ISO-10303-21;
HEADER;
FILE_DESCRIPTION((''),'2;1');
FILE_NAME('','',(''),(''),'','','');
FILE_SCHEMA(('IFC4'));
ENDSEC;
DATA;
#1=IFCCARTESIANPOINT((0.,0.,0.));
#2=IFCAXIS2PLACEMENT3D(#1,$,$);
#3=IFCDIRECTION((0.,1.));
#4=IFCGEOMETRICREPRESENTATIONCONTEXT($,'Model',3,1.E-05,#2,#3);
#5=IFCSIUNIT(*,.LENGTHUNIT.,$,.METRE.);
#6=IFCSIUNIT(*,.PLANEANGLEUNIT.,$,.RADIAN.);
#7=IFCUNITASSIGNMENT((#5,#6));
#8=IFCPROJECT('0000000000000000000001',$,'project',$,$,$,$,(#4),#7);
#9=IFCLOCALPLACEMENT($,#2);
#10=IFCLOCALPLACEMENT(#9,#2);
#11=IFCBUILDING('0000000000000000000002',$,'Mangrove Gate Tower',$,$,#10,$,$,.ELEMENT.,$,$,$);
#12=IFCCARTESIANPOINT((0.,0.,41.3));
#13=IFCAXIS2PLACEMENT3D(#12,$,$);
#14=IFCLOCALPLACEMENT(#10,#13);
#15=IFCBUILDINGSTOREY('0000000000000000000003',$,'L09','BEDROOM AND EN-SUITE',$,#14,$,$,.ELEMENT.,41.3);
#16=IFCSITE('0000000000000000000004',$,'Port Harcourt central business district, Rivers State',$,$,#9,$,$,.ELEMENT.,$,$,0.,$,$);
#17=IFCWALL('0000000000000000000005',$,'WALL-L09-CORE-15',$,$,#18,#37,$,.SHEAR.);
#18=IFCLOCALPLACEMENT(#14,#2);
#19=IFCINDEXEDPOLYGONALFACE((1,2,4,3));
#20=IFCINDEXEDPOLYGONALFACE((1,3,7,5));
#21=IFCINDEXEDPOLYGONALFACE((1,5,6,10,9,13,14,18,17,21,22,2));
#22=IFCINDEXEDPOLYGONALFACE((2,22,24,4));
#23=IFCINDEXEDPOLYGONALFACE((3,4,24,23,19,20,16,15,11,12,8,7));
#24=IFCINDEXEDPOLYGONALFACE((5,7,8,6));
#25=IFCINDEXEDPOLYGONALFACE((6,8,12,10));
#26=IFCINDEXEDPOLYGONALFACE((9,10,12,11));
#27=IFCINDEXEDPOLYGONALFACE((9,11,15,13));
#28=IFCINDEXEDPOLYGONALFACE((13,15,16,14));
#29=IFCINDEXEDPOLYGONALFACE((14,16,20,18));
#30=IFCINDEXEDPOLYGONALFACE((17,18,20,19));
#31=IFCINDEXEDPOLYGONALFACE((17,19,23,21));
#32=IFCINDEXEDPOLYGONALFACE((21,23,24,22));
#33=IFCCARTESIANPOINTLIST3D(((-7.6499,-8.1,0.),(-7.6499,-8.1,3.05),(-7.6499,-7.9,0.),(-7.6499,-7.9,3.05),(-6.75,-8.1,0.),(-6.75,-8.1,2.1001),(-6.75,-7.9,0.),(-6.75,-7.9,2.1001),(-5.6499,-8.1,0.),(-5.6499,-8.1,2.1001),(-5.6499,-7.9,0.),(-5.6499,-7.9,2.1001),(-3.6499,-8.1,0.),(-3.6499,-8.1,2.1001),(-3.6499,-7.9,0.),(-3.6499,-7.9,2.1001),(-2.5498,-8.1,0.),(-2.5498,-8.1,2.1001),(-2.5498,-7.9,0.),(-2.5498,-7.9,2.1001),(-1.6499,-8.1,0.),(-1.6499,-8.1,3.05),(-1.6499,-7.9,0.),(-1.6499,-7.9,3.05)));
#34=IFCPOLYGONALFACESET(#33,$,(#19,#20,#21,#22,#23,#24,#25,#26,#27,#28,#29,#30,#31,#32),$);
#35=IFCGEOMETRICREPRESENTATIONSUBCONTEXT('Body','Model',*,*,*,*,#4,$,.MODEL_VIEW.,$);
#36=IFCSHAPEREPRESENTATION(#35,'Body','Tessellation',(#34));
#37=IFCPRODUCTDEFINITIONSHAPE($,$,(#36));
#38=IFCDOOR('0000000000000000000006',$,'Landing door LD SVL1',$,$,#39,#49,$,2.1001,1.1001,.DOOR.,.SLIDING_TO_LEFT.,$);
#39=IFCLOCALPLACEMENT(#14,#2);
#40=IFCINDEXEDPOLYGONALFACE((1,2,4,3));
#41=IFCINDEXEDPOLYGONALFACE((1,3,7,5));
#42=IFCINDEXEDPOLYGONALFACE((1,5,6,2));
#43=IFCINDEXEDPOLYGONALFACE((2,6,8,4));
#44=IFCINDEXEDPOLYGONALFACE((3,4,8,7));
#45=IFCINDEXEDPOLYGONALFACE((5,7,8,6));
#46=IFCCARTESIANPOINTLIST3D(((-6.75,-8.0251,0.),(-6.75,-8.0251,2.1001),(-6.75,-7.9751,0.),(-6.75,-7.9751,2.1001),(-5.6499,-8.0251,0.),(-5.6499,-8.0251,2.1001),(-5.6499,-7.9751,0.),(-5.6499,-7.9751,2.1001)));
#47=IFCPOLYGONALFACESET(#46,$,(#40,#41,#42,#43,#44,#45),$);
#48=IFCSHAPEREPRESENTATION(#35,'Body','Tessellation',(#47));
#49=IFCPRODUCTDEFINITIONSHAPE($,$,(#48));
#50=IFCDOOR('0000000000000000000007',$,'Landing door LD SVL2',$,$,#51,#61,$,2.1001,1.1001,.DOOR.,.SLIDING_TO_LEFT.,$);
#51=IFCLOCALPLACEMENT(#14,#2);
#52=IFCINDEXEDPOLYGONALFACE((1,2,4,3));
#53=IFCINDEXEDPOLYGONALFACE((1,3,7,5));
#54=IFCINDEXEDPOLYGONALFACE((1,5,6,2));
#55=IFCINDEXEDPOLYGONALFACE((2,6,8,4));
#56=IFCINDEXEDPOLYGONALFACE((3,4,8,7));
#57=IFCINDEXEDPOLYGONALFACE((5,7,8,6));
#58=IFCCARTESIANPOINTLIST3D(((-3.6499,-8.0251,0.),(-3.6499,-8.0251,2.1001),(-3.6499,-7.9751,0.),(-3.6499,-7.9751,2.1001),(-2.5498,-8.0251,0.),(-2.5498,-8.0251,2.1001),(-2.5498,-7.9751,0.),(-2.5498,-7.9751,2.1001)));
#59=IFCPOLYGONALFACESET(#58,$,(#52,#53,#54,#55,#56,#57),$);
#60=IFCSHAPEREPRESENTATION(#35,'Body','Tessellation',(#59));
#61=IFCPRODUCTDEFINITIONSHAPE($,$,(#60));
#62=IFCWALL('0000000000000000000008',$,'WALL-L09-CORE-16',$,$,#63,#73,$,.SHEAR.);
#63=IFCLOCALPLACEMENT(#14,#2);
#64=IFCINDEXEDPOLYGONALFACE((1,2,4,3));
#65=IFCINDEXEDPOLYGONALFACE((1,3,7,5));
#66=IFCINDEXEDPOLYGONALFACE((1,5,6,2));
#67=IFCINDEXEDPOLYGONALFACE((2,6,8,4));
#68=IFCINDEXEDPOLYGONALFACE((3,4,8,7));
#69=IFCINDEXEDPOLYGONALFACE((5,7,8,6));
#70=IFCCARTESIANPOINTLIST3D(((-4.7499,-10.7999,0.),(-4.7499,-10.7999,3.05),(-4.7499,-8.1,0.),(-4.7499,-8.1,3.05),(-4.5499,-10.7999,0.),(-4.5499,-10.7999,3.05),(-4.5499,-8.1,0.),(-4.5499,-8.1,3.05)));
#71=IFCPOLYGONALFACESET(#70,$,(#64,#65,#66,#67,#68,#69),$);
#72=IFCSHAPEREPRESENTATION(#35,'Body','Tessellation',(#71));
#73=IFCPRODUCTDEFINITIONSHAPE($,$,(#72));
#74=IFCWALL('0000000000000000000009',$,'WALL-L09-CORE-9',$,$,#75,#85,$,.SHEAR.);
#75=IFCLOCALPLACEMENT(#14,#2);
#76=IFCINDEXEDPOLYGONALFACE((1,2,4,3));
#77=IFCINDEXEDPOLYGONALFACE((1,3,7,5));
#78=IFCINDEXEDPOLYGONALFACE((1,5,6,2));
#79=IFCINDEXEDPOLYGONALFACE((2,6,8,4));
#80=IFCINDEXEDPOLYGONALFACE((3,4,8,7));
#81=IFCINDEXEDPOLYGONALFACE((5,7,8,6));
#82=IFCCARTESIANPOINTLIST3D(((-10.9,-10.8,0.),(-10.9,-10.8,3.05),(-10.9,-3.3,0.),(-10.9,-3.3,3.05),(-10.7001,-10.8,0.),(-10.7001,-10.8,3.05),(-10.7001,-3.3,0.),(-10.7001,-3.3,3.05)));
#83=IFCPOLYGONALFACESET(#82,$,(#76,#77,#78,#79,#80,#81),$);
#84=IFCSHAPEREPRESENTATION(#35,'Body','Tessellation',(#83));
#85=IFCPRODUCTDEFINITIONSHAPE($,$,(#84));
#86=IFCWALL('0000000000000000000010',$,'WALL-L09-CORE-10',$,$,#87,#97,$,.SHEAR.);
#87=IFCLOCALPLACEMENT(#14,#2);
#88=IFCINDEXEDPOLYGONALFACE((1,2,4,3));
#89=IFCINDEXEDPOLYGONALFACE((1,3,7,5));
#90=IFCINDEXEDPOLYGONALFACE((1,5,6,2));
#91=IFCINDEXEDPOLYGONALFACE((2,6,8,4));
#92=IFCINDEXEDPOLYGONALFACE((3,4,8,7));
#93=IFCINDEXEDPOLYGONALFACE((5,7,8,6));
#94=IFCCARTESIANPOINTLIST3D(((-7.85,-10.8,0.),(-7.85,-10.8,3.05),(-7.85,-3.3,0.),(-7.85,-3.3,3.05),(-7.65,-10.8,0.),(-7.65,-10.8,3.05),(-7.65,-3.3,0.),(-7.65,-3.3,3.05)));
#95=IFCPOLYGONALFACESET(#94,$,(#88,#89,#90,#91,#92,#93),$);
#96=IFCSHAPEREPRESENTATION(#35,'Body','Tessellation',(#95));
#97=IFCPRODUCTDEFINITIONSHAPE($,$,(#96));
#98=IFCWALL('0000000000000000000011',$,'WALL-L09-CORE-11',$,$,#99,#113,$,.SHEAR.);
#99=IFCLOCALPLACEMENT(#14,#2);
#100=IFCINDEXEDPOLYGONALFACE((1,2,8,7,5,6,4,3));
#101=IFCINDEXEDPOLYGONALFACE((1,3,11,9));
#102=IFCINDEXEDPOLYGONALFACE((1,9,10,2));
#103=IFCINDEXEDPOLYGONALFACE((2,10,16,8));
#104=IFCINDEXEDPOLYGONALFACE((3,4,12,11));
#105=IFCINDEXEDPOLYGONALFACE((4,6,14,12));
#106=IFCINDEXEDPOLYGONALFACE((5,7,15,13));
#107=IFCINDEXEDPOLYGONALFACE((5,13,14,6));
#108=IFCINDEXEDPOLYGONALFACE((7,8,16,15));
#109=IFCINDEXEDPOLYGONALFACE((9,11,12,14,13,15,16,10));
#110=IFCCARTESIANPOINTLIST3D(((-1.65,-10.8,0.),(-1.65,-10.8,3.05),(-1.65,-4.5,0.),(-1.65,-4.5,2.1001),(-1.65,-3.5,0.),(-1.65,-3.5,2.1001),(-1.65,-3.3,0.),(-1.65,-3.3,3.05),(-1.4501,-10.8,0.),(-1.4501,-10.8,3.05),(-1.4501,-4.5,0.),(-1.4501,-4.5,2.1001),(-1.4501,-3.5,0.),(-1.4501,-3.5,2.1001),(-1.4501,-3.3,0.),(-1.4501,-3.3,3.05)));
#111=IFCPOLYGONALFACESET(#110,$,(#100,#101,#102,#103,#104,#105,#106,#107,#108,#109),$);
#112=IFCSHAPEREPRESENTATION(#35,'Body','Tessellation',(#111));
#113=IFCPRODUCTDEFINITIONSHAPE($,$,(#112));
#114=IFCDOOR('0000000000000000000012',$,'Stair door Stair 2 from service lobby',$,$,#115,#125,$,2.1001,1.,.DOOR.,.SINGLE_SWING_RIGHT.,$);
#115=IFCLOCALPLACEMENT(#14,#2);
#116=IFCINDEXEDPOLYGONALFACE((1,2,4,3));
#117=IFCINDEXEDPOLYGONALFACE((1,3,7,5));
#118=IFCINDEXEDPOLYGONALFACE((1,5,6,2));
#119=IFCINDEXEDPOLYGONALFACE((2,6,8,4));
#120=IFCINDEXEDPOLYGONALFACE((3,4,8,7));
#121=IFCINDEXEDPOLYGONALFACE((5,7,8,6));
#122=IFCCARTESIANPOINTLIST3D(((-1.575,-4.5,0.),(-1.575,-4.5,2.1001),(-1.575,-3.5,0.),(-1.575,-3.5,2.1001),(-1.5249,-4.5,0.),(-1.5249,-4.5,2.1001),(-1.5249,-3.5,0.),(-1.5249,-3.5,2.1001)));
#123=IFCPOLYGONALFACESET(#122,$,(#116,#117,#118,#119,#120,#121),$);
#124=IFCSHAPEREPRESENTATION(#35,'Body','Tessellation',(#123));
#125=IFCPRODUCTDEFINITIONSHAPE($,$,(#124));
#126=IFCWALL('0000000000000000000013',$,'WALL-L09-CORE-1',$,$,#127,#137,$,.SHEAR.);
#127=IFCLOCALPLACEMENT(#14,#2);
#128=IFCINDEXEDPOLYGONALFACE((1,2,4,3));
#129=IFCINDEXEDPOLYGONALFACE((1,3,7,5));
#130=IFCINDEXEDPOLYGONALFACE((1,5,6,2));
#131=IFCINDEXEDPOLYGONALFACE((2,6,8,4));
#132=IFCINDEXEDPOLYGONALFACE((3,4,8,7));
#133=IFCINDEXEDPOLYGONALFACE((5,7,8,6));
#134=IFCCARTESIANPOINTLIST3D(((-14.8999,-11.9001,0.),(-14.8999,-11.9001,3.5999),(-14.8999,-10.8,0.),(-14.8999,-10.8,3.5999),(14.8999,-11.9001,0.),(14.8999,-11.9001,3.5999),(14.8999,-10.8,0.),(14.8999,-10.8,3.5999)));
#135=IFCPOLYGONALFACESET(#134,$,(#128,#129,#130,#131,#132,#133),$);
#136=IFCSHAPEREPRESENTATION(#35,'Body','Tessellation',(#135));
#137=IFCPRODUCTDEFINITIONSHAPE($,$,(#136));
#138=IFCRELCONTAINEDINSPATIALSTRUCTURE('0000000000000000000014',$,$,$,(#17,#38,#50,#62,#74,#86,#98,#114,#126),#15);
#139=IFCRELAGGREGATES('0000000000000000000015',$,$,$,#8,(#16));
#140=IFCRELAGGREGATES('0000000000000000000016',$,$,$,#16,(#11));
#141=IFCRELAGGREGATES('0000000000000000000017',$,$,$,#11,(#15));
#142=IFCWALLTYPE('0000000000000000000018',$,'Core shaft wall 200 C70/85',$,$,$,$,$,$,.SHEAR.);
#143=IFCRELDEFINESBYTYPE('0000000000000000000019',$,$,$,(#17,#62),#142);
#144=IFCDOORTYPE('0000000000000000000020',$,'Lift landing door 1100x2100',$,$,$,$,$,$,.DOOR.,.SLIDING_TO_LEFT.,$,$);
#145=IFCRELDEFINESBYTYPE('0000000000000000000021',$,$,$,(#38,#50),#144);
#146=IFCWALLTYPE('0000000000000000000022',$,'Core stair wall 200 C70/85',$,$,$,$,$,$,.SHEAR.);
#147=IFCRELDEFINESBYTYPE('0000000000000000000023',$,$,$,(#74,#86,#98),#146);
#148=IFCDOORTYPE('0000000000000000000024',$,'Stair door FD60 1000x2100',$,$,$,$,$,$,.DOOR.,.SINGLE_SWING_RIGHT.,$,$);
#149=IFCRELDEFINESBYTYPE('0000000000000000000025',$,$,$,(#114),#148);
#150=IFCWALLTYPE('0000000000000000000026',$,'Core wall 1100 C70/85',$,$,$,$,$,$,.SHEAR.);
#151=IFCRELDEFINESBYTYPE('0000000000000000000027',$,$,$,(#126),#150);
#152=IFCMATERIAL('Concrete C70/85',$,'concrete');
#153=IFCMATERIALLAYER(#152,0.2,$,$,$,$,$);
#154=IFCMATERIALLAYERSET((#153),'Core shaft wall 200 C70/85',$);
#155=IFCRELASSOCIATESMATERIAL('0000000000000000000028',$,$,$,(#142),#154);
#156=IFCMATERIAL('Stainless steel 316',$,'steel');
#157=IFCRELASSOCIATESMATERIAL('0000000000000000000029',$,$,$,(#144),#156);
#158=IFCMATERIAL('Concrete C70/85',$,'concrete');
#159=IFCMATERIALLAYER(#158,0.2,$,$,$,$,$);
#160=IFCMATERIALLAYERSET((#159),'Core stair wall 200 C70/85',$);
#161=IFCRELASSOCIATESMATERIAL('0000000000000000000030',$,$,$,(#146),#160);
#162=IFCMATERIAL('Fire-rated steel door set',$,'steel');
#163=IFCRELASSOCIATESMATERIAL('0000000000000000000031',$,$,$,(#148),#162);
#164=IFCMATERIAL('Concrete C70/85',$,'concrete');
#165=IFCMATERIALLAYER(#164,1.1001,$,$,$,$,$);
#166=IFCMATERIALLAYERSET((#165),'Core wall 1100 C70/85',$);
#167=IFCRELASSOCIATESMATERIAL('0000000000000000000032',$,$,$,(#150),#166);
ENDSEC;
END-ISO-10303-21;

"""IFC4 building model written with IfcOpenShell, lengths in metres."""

from ifc_helpers import new_model, si_unit, direction, frame, frame_2d, origin, place, context, subcontext, project, spatial, rectangle, extrude, material, layer, layer_set, type_object, element, fill, save


model = new_model("IFC4")

# Units and contexts
model_context = context("Model", 3, precision=1e-05, world=origin(), true_north=direction((0.0, 1.0)))
body_context = subcontext(model_context, "Body", "Model", "MODEL_VIEW")
ifc_project = project(units=[si_unit("LENGTHUNIT", "METRE"), si_unit("PLANEANGLEUNIT", "RADIAN")], contexts=[model_context])

# Site, building, storey
site_placement = place(None, origin())
site = spatial("IfcSite", under=ifc_project, at=site_placement, Name="Port Harcourt central business district, Rivers State", CompositionType="ELEMENT", RefElevation=0.0)
building_placement = place(site_placement, origin())
building = spatial("IfcBuilding", under=site, at=building_placement, Name="Mangrove Gate Tower", CompositionType="ELEMENT")
storey_placement = place(building_placement, frame((0.0, 0.0, 41.3)))
storey = spatial("IfcBuildingStorey", under=building, at=storey_placement, Name="L09", Description="BEDROOM AND EN-SUITE", CompositionType="ELEMENT", Elevation=41.3)

# Wall, openings, doors
ifc_material_1 = material(Name="Concrete C70/85", Category="concrete")
ifc_layer_1 = layer(ifc_material_1, 0.2)
ifc_layer_set_1 = layer_set([ifc_layer_1], Name="Core shaft wall 200 C70/85")
wall_type_1 = type_object("IfcWallType", Name="Core shaft wall 200 C70/85", PredefinedType="SHEAR", material=ifc_layer_set_1)
wall_1_placement = place(storey_placement, frame((-7.6499, -8.0, 0.0), z_axis=(0.0, 0.0, 1.0), x_axis=(1.0, 0.0, 0.0)))
wall_1 = element("IfcWall", 1, at=wall_1_placement, inside=storey, type_object=wall_type_1, Name="WALL-L09-CORE-15", PredefinedType="SHEAR", context=body_context, shape_type="SweptSolid", body=[
    extrude(rectangle(XDim=6.0, YDim=0.2, at=frame_2d((3.0, 0.0))), origin(), (0.0, 0.0, 1.0), 3.05),
])
opening_1_placement = place(wall_1_placement, frame((0.8999, 0.0, 0.0)))
opening_1 = element("IfcOpeningElement", 2, at=opening_1_placement, cuts=wall_1, PredefinedType="OPENING", context=body_context, shape_type="SweptSolid", body=[
    extrude(rectangle(XDim=1.1001, YDim=2.1001, at=frame_2d((0.55, 1.05))), frame((0.0, 0.1099, 0.0), z_axis=(0.0, -1.0, 0.0), x_axis=(1.0, 0.0, 0.0)), (0.0, 0.0, 1.0), 0.22),
])
opening_2_placement = place(wall_1_placement, frame((4.0, 0.0, 0.0)))
opening_2 = element("IfcOpeningElement", 3, at=opening_2_placement, cuts=wall_1, PredefinedType="OPENING", context=body_context, shape_type="SweptSolid", body=[
    extrude(rectangle(XDim=1.1001, YDim=2.1001, at=frame_2d((0.55, 1.05))), frame((0.0, 0.1099, 0.0), z_axis=(0.0, -1.0, 0.0), x_axis=(1.0, 0.0, 0.0)), (0.0, 0.0, 1.0), 0.22),
])
ifc_material_2 = material(Name="Stainless steel 316", Category="steel")
door_type_1 = type_object("IfcDoorType", Name="Lift landing door 1100x2100", OperationType="SLIDING_TO_LEFT", PredefinedType="DOOR", material=ifc_material_2)
door_1_placement = place(opening_1_placement, origin())
door_1 = element("IfcDoor", 4, at=door_1_placement, inside=storey, type_object=door_type_1, Name="Landing door LD SVL1", OperationType="SLIDING_TO_LEFT", OverallHeight=2.1001, OverallWidth=1.1001, PredefinedType="DOOR", context=body_context, shape_type="SweptSolid", body=[
    extrude(rectangle(XDim=1.1001, YDim=2.1001, at=frame_2d((0.55, 1.05))), frame((0.0, 0.0249, 0.0), z_axis=(0.0, -1.0, 0.0), x_axis=(1.0, 0.0, 0.0)), (0.0, 0.0, 1.0), 0.05),
])
fill(opening_1, door_1)
door_2_placement = place(opening_2_placement, origin())
door_2 = element("IfcDoor", 5, at=door_2_placement, inside=storey, type_object=door_type_1, Name="Landing door LD SVL2", OperationType="SLIDING_TO_LEFT", OverallHeight=2.1001, OverallWidth=1.1001, PredefinedType="DOOR", context=body_context, shape_type="SweptSolid", body=[
    extrude(rectangle(XDim=1.1001, YDim=2.1001, at=frame_2d((0.55, 1.05))), frame((0.0, 0.0249, 0.0), z_axis=(0.0, -1.0, 0.0), x_axis=(1.0, 0.0, 0.0)), (0.0, 0.0, 1.0), 0.05),
])
fill(opening_2, door_2)

# Walls
wall_2_placement = place(storey_placement, frame((-4.6499, -10.8, 0.0), z_axis=(0.0, 0.0, 1.0), x_axis=(0.0, 1.0, 0.0)))
element("IfcWall", 6, at=wall_2_placement, inside=storey, type_object=wall_type_1, Name="WALL-L09-CORE-16", PredefinedType="SHEAR", context=body_context, shape_type="SweptSolid", body=[
    extrude(rectangle(XDim=2.7, YDim=0.2, at=frame_2d((1.3501, 0.0))), origin(), (0.0, 0.0, 1.0), 3.05),
])
ifc_material_3 = material(Name="Concrete C70/85", Category="concrete")
ifc_layer_2 = layer(ifc_material_3, 0.2)
ifc_layer_set_2 = layer_set([ifc_layer_2], Name="Core stair wall 200 C70/85")
wall_type_2 = type_object("IfcWallType", Name="Core stair wall 200 C70/85", PredefinedType="SHEAR", material=ifc_layer_set_2)
for number, where, z_axis, x_axis, name in (
    (7, (-10.8, -10.8, 0.0), (0.0, 0.0, 1.0), (0.0, 1.0, 0.0), "WALL-L09-CORE-9"),
    (8, (-7.75, -10.8, 0.0), (0.0, 0.0, 1.0), (0.0, 1.0, 0.0), "WALL-L09-CORE-10"),
):
    element("IfcWall", number, at=place(storey_placement, frame(where, z_axis=z_axis, x_axis=x_axis)), inside=storey, type_object=wall_type_2, Name=name, PredefinedType="SHEAR", context=body_context, shape_type="SweptSolid", body=[
        extrude(rectangle(XDim=7.5, YDim=0.2, at=frame_2d((3.75, 0.0))), origin(), (0.0, 0.0, 1.0), 3.05),
    ])

# Wall, opening, door
wall_3_placement = place(storey_placement, frame((-1.55, -10.8, 0.0), z_axis=(0.0, 0.0, 1.0), x_axis=(0.0, 1.0, 0.0)))
wall_3 = element("IfcWall", 9, at=wall_3_placement, inside=storey, type_object=wall_type_2, Name="WALL-L09-CORE-11", PredefinedType="SHEAR", context=body_context, shape_type="SweptSolid", body=[
    extrude(rectangle(XDim=7.5, YDim=0.2, at=frame_2d((3.75, 0.0))), origin(), (0.0, 0.0, 1.0), 3.05),
])
opening_3_placement = place(wall_3_placement, frame((6.3, 0.0, 0.0)))
opening_3 = element("IfcOpeningElement", 10, at=opening_3_placement, cuts=wall_3, PredefinedType="OPENING", context=body_context, shape_type="SweptSolid", body=[
    extrude(rectangle(XDim=1.0, YDim=2.1001, at=frame_2d((0.5, 1.05))), frame((0.0, 0.1099, 0.0), z_axis=(0.0, -1.0, 0.0), x_axis=(1.0, 0.0, 0.0)), (0.0, 0.0, 1.0), 0.22),
])
ifc_material_4 = material(Name="Fire-rated steel door set", Category="steel")
door_type_2 = type_object("IfcDoorType", Name="Stair door FD60 1000x2100", OperationType="SINGLE_SWING_RIGHT", PredefinedType="DOOR", material=ifc_material_4)
door_3_placement = place(opening_3_placement, origin())
door_3 = element("IfcDoor", 11, at=door_3_placement, inside=storey, type_object=door_type_2, Name="Stair door Stair 2 from service lobby", OperationType="SINGLE_SWING_RIGHT", OverallHeight=2.1001, OverallWidth=1.0, PredefinedType="DOOR", context=body_context, shape_type="SweptSolid", body=[
    extrude(rectangle(XDim=1.0, YDim=2.1001, at=frame_2d((0.5, 1.05))), frame((0.0, 0.0249, 0.0), z_axis=(0.0, -1.0, 0.0), x_axis=(1.0, 0.0, 0.0)), (0.0, 0.0, 1.0), 0.05),
])
fill(opening_3, door_3)

# Wall
ifc_material_5 = material(Name="Concrete C70/85", Category="concrete")
ifc_layer_3 = layer(ifc_material_5, 1.1001)
ifc_layer_set_3 = layer_set([ifc_layer_3], Name="Core wall 1100 C70/85")
wall_type_3 = type_object("IfcWallType", Name="Core wall 1100 C70/85", PredefinedType="SHEAR", material=ifc_layer_set_3)
wall_4_placement = place(storey_placement, frame((-14.8999, -11.3501, 0.0), z_axis=(0.0, 0.0, 1.0), x_axis=(1.0, 0.0, 0.0)))
element("IfcWall", 12, at=wall_4_placement, inside=storey, type_object=wall_type_3, Name="WALL-L09-CORE-1", PredefinedType="SHEAR", context=body_context, shape_type="SweptSolid", body=[
    extrude(rectangle(XDim=29.7998, YDim=1.1001, at=frame_2d((14.8999, 0.0))), origin(), (0.0, 0.0, 1.0), 3.5999),
])

save(model, "model.ifc")
